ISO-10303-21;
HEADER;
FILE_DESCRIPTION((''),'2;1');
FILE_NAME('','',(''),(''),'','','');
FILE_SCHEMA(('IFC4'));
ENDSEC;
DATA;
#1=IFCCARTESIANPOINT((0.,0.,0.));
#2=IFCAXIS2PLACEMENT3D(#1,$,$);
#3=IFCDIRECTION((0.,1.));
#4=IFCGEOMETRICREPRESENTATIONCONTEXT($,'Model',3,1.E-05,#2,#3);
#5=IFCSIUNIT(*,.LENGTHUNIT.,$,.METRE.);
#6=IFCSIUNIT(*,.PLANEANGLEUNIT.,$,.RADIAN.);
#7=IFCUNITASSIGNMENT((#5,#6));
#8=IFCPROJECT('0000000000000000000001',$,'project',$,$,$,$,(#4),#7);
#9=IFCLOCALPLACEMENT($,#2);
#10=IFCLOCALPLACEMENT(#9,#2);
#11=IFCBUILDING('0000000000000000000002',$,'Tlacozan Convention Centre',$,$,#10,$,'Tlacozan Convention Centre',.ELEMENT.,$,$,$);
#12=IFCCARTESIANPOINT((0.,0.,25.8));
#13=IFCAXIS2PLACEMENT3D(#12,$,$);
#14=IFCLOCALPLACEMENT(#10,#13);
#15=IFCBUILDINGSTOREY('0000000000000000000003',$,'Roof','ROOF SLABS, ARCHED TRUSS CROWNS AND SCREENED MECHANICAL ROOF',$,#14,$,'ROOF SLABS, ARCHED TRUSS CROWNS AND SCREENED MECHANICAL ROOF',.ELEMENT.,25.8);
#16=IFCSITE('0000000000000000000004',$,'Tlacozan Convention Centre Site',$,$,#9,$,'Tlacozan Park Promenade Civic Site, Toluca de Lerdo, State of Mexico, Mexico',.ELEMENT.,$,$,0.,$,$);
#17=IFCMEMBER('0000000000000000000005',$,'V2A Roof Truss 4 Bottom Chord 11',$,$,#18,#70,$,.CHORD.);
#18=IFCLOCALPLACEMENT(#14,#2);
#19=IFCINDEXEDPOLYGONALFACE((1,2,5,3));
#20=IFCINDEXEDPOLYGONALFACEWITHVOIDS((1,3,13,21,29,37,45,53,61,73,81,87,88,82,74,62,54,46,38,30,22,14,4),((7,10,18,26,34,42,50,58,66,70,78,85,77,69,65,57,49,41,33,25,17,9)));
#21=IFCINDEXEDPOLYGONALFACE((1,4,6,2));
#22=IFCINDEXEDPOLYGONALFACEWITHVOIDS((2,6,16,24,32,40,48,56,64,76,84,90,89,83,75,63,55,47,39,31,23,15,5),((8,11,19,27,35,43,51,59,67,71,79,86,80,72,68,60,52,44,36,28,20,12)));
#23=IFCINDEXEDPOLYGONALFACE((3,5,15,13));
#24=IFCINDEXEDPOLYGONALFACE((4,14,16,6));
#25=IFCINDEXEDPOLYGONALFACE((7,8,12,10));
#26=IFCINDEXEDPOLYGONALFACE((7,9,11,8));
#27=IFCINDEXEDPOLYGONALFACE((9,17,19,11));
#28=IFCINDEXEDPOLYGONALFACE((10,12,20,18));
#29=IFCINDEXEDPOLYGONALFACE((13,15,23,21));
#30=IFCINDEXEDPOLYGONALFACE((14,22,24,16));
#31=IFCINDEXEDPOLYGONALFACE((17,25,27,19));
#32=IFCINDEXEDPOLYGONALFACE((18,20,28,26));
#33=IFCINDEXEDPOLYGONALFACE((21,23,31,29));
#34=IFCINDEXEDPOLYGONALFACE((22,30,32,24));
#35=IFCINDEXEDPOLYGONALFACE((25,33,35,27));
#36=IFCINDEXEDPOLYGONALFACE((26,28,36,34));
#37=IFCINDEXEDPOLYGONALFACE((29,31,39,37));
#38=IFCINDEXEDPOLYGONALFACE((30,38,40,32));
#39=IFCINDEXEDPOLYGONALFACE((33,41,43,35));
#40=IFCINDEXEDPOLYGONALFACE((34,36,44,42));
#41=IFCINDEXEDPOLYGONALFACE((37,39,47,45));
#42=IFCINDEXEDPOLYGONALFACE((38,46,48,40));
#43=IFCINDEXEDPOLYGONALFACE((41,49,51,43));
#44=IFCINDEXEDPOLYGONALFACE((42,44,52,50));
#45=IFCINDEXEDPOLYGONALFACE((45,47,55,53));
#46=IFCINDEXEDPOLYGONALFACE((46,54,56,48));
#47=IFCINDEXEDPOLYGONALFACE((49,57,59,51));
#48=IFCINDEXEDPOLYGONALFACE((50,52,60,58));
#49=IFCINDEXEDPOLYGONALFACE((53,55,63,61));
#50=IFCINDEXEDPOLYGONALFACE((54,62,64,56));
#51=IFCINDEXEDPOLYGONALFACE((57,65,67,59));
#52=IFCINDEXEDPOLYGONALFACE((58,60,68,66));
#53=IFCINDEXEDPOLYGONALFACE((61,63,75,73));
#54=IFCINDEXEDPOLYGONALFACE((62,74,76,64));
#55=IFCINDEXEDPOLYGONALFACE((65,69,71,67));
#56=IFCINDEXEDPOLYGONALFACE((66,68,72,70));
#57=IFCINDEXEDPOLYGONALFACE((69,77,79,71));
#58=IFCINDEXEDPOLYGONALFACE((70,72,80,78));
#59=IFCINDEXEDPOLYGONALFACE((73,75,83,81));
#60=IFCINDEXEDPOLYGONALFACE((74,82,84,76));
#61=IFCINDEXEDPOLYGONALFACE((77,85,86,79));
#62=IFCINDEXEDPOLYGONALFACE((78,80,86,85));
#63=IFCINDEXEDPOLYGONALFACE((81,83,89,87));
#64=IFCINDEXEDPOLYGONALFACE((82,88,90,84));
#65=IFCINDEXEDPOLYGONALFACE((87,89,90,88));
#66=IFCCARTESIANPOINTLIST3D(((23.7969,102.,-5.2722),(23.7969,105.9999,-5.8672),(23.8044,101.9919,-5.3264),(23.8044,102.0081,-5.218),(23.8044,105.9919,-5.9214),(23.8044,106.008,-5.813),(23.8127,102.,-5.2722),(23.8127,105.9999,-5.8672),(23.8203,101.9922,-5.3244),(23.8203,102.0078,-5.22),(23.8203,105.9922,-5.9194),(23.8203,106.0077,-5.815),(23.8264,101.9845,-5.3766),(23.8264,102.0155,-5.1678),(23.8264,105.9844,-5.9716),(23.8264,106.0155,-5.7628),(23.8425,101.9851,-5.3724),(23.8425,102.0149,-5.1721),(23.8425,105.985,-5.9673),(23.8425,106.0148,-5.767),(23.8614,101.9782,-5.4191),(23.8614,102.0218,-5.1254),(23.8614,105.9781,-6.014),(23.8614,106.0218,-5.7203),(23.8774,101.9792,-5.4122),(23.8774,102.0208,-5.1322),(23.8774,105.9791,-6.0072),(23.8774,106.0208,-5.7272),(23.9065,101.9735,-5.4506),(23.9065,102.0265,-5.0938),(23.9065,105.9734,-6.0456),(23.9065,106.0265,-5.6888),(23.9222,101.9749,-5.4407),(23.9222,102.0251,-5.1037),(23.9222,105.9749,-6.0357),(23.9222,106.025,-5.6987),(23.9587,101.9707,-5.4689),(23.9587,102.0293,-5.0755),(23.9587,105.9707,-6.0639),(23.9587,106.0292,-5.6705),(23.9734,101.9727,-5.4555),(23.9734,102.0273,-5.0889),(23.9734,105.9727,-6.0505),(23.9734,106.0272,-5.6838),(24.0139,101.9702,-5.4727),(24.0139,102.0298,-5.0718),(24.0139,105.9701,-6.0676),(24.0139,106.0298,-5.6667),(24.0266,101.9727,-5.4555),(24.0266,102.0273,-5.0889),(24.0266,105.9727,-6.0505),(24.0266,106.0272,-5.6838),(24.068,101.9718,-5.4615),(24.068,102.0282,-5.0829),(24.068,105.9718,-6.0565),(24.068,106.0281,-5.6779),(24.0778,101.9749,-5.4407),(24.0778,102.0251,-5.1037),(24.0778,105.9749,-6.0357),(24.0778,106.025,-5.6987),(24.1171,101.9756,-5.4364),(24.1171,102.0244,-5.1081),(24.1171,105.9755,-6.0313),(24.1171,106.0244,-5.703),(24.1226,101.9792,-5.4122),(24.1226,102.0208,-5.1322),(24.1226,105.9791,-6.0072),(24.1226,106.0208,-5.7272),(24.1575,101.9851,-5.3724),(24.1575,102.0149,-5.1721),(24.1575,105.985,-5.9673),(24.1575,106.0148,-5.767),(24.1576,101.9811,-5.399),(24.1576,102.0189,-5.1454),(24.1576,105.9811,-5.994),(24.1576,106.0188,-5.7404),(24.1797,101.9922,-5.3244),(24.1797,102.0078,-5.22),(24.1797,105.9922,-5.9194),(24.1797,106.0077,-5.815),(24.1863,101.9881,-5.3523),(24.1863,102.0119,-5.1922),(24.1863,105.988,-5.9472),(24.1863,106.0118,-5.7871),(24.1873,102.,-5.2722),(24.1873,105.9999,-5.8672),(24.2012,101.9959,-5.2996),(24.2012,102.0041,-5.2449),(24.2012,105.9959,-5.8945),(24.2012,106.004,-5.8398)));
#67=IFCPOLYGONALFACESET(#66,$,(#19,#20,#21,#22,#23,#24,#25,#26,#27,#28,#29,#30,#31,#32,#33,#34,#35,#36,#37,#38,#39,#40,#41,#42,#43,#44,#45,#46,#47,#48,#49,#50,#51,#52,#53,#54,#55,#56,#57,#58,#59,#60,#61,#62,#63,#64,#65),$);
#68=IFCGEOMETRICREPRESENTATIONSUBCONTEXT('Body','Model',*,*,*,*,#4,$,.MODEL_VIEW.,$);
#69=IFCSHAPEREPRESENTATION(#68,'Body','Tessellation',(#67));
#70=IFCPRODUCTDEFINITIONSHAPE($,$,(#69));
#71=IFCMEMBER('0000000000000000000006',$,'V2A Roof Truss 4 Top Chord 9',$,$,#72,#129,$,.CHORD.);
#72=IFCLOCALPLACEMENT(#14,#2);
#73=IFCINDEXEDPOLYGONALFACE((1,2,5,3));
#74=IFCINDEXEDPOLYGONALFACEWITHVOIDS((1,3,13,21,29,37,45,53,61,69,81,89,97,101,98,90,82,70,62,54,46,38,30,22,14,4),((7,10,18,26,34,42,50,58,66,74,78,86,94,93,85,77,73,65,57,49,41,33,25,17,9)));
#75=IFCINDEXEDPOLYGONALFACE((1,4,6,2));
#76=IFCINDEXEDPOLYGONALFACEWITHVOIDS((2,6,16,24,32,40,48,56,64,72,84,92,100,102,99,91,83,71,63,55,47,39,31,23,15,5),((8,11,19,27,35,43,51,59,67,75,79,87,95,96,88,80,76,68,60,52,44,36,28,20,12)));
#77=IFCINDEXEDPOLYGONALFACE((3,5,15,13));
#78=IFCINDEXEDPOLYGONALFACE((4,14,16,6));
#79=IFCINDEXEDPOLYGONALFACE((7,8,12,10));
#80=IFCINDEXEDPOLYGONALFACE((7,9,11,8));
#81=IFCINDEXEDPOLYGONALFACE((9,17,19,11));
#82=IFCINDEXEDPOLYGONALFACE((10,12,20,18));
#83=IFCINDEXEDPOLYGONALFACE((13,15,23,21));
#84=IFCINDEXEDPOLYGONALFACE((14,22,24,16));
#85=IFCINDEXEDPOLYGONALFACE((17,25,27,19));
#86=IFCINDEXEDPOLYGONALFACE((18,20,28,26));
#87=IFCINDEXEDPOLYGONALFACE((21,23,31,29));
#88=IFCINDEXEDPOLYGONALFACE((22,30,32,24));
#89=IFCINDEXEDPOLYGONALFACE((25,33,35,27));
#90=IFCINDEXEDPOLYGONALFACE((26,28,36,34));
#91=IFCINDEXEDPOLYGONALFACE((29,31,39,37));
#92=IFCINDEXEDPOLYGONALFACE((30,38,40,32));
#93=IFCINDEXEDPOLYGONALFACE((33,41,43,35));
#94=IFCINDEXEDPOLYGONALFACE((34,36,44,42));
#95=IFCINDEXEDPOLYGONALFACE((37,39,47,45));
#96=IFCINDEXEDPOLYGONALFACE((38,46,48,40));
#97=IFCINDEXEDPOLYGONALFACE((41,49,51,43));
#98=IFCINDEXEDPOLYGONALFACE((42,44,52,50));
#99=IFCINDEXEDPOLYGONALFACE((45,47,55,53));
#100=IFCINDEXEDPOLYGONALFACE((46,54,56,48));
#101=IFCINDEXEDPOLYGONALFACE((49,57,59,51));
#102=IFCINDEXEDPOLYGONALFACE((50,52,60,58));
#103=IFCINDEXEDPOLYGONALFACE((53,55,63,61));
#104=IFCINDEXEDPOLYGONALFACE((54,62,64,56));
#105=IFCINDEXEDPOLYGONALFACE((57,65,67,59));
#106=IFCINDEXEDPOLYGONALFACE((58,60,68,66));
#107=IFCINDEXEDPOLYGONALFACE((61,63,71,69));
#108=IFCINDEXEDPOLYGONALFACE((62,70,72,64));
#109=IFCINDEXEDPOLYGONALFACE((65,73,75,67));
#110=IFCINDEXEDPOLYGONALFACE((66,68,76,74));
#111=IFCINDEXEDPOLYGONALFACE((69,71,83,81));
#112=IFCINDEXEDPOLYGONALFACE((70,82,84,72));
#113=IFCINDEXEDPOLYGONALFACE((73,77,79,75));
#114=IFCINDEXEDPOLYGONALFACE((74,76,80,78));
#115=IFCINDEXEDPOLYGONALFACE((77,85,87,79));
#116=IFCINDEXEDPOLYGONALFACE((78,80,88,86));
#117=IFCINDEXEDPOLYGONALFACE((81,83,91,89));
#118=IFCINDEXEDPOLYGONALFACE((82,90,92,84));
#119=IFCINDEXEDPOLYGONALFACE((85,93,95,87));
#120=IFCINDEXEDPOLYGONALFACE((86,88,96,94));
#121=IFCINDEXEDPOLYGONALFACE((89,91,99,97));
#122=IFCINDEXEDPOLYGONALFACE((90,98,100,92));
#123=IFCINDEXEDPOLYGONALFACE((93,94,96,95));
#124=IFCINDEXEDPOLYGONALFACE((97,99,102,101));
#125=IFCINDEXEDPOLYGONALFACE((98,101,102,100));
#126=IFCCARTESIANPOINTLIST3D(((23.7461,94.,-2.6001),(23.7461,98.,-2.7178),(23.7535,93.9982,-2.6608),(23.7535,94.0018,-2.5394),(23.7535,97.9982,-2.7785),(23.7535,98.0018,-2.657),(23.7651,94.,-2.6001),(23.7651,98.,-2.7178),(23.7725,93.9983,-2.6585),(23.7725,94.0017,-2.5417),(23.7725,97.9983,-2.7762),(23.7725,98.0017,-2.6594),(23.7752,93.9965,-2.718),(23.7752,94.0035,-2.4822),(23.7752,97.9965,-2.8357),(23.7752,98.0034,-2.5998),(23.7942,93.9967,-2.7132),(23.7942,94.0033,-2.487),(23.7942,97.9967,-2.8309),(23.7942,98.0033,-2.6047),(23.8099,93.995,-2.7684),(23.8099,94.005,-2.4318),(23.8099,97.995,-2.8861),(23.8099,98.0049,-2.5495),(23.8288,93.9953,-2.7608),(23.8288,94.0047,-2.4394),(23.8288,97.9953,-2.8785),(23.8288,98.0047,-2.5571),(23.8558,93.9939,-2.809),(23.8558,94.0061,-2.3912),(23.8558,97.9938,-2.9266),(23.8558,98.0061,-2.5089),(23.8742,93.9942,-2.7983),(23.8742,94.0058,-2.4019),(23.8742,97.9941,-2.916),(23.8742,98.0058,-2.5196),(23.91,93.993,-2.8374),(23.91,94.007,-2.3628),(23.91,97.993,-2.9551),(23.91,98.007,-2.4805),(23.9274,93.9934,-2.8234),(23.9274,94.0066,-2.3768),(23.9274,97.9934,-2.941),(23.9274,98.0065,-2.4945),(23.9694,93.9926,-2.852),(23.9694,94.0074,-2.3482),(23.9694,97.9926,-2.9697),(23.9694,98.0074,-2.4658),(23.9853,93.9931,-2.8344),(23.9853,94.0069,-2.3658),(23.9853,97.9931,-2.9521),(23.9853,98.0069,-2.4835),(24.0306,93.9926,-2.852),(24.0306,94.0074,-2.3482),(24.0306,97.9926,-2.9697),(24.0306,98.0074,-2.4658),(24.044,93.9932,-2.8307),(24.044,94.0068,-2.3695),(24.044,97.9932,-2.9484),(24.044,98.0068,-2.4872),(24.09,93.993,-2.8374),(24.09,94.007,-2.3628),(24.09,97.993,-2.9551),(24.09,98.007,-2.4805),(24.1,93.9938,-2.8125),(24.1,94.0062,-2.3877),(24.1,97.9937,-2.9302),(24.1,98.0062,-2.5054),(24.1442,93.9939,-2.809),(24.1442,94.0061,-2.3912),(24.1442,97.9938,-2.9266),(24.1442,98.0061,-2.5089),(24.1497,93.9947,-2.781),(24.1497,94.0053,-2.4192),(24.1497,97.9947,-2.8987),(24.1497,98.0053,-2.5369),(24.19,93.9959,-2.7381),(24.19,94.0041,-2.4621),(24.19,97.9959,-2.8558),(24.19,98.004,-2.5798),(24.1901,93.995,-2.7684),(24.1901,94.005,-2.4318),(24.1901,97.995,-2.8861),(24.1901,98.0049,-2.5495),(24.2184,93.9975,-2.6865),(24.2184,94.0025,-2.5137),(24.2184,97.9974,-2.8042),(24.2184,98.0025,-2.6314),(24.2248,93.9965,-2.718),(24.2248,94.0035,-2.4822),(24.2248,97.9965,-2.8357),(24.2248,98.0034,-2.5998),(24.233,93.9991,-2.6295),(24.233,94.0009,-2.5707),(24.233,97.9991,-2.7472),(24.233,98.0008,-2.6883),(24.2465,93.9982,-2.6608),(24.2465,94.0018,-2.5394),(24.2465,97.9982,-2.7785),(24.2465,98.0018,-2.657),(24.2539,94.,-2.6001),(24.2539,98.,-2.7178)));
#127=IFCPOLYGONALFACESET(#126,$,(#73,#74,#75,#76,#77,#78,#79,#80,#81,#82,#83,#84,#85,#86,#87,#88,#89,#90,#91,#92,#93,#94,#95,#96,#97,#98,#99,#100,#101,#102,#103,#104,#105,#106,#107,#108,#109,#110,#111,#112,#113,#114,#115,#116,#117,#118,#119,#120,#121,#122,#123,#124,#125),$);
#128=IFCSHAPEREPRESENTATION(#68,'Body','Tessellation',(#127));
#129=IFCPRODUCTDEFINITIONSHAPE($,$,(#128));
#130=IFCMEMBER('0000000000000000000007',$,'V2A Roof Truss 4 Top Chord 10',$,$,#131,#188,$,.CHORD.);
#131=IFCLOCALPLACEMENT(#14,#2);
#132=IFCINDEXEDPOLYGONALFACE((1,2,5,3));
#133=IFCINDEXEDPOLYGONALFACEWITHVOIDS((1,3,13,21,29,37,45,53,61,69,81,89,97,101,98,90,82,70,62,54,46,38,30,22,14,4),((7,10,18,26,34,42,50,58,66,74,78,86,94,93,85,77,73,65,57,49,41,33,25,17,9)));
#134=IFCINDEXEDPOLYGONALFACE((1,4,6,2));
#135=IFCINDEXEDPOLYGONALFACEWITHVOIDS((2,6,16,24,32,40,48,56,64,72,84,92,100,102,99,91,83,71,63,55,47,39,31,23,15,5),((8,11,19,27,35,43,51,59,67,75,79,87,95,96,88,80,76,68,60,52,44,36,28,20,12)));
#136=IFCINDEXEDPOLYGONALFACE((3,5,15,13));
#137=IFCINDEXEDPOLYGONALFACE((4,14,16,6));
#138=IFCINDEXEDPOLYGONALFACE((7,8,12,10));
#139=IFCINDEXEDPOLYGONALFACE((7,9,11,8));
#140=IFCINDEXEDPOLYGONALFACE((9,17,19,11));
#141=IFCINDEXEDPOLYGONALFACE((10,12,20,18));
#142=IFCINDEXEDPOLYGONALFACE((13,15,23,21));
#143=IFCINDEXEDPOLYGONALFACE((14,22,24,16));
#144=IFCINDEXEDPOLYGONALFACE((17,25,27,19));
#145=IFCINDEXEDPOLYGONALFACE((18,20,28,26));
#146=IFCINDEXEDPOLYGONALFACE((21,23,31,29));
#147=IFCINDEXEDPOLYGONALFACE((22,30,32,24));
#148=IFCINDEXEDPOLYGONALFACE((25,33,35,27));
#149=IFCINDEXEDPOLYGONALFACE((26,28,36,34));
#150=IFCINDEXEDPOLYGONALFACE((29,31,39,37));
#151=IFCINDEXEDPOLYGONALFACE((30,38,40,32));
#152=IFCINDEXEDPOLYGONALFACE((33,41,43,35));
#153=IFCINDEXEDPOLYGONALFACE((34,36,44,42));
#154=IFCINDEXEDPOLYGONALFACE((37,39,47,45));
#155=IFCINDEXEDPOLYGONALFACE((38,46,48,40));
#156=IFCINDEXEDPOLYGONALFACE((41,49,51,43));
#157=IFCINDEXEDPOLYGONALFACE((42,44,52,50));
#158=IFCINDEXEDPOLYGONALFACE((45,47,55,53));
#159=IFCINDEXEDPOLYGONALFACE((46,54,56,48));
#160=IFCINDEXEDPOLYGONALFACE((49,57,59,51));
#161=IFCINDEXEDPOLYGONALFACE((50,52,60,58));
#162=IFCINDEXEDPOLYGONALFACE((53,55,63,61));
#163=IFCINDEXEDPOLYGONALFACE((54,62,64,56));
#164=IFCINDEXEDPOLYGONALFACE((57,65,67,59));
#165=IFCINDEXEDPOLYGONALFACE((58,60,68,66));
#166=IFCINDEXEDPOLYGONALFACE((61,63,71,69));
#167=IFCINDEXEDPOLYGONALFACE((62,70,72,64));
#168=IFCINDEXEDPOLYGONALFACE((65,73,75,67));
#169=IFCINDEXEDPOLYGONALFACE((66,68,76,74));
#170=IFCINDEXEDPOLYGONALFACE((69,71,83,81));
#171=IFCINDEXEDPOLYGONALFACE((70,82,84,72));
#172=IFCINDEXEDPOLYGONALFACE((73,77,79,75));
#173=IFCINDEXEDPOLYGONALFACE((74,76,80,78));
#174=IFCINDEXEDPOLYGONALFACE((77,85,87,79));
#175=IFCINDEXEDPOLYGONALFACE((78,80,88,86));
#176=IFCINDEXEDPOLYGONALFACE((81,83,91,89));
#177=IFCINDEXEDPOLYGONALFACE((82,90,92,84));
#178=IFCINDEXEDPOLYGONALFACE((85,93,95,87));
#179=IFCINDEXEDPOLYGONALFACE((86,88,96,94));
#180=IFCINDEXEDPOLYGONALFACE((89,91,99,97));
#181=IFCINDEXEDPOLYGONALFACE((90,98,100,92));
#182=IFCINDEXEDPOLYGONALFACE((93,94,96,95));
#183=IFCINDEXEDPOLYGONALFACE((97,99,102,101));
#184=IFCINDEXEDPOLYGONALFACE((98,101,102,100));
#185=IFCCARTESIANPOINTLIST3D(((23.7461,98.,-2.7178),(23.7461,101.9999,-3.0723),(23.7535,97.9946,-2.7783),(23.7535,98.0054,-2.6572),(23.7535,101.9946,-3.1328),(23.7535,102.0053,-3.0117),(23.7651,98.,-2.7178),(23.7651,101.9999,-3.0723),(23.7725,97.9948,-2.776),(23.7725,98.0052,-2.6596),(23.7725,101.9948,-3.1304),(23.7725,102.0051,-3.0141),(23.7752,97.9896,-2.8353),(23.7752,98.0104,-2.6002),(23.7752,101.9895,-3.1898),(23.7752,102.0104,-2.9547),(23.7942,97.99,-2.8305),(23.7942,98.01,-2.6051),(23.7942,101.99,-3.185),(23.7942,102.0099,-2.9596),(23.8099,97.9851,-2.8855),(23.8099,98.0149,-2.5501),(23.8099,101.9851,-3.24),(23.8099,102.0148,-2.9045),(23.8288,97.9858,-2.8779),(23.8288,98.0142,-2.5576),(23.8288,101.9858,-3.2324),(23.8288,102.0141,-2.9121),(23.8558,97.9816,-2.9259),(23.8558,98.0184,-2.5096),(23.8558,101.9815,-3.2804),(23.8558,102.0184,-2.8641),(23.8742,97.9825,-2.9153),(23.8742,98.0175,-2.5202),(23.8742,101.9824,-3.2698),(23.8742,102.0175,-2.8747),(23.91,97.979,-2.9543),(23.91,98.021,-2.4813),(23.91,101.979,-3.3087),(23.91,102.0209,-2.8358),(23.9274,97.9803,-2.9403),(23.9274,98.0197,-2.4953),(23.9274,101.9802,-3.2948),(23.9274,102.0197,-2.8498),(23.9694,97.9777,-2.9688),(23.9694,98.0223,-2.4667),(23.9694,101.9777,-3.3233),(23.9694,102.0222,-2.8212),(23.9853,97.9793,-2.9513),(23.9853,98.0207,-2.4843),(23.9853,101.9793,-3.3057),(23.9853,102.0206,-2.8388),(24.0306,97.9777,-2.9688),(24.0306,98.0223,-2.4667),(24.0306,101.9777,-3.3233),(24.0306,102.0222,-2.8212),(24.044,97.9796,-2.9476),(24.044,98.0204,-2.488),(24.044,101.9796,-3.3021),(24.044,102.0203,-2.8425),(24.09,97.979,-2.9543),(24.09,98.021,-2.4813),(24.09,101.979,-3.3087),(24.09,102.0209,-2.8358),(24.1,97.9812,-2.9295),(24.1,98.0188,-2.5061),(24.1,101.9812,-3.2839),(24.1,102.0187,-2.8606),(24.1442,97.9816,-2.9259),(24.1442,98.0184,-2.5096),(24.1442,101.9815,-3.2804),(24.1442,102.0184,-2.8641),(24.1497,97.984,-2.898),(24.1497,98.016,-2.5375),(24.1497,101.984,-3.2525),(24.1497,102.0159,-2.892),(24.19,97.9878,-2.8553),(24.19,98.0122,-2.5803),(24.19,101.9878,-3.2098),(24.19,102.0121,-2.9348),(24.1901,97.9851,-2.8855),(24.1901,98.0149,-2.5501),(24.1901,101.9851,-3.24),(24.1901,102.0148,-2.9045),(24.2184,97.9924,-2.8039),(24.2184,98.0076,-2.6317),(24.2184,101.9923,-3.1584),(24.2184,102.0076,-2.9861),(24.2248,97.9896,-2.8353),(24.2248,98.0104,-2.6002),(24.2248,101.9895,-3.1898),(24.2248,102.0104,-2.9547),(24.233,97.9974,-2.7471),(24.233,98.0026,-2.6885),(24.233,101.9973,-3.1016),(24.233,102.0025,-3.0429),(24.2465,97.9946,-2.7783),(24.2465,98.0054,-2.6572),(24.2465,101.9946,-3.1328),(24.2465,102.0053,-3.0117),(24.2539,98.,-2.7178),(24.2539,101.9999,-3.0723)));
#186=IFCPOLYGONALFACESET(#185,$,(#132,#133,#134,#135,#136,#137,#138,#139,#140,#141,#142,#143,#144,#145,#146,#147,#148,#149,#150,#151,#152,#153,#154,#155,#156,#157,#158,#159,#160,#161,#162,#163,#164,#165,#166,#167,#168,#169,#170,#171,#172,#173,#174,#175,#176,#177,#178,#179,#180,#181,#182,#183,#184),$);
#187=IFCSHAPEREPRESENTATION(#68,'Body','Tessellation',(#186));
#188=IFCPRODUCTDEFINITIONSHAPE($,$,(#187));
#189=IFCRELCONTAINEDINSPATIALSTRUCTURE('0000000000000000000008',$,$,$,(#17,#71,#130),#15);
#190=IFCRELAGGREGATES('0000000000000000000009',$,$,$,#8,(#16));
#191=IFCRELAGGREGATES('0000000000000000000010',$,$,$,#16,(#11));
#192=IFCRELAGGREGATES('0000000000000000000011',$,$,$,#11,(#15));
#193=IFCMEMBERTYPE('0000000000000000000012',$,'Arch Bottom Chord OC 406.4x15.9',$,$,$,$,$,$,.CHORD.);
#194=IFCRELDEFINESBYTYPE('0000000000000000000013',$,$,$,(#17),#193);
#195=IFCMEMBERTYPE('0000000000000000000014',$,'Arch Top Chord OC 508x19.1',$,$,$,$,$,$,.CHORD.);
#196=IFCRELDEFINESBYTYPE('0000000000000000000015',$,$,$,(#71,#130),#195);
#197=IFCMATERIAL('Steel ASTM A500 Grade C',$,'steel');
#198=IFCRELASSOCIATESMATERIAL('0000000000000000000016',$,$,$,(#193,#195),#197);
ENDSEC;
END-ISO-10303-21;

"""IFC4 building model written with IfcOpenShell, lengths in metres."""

from ifc_helpers import new_model, si_unit, direction, frame, origin, origin_2d, place, context, subcontext, project, spatial, hollow_circle, extrude, material, material_profile, profile_set, type_object, element, save


model = new_model("IFC4")

# Units and contexts
model_context = context("Model", 3, precision=1e-05, world=origin(), true_north=direction((0.0, 1.0)))
body_context = subcontext(model_context, "Body", "Model", "MODEL_VIEW")
ifc_project = project(units=[si_unit("LENGTHUNIT", "METRE"), si_unit("PLANEANGLEUNIT", "RADIAN")], contexts=[model_context])

# Site, building, storey
site_placement = place(None, origin())
site = spatial("IfcSite", under=ifc_project, at=site_placement, Name="Tlacozan Convention Centre Site", LongName="Tlacozan Park Promenade Civic Site, Toluca de Lerdo, State of Mexico, Mexico", CompositionType="ELEMENT", RefElevation=0.0)
building_placement = place(site_placement, origin())
building = spatial("IfcBuilding", under=site, at=building_placement, Name="Tlacozan Convention Centre", LongName="Tlacozan Convention Centre", CompositionType="ELEMENT")
storey_placement = place(building_placement, frame((0.0, 0.0, 25.8)))
storey = spatial("IfcBuildingStorey", under=building, at=storey_placement, Name="Roof", Description="ROOF SLABS, ARCHED TRUSS CROWNS AND SCREENED MECHANICAL ROOF", LongName="ROOF SLABS, ARCHED TRUSS CROWNS AND SCREENED MECHANICAL ROOF", CompositionType="ELEMENT", Elevation=25.8)

# Members
ifc_material_1 = material(Name="Steel ASTM A500 Grade C", Category="steel")
ifc_material_profile_1 = material_profile(ifc_material_1, hollow_circle(Radius=0.2031, WallThickness=0.0159, at=origin_2d()), Name="OC 406.4x15.9")
ifc_profile_set_1 = profile_set([ifc_material_profile_1], Name="Steel ASTM A500 Grade C")
member_type_1 = type_object("IfcMemberType", Name="Arch Bottom Chord OC 406.4x15.9", PredefinedType="CHORD", material=ifc_profile_set_1)
member_1_placement = place(storey_placement, frame((24.0, 102.0, -5.2722), z_axis=(0.0, 0.989118, -0.147124), x_axis=(-1.0, 0.0, 0.0)))
element("IfcMember", 1, at=member_1_placement, inside=storey, type_object=member_type_1, Name="V2A Roof Truss 4 Bottom Chord 11", PredefinedType="CHORD", context=body_context, shape_type="SweptSolid", body=[
    extrude(hollow_circle(Radius=0.2031, WallThickness=0.0159, at=origin_2d()), origin(), (0.0, 0.0, 1.0), 4.0439),
])
ifc_material_profile_2 = material_profile(ifc_material_1, hollow_circle(Radius=0.2539, WallThickness=0.019, at=origin_2d()), Name="OC 508.0x19.1")
ifc_profile_set_2 = profile_set([ifc_material_profile_2], Name="Steel ASTM A500 Grade C")
member_type_2 = type_object("IfcMemberType", Name="Arch Top Chord OC 508x19.1", PredefinedType="CHORD", material=ifc_profile_set_2)
member_2_placement = place(storey_placement, frame((24.0, 94.0, -2.6001), z_axis=(0.0, 0.999568, -0.029406), x_axis=(-1.0, 0.0, 0.0)))
element("IfcMember", 2, at=member_2_placement, inside=storey, type_object=member_type_2, Name="V2A Roof Truss 4 Top Chord 9", PredefinedType="CHORD", context=body_context, shape_type="SweptSolid", body=[
    extrude(hollow_circle(Radius=0.2539, WallThickness=0.019, at=origin_2d()), origin(), (0.0, 0.0, 1.0), 4.0017),
])
member_3_placement = place(storey_placement, frame((24.0, 98.0, -2.7178), z_axis=(0.0, 0.996096, -0.088277), x_axis=(-1.0, 0.0, 0.0)))
element("IfcMember", 3, at=member_3_placement, inside=storey, type_object=member_type_2, Name="V2A Roof Truss 4 Top Chord 10", PredefinedType="CHORD", context=body_context, shape_type="SweptSolid", body=[
    extrude(hollow_circle(Radius=0.2539, WallThickness=0.019, at=origin_2d()), origin(), (0.0, 0.0, 1.0), 4.0156),
])

save(model, "model.ifc")
